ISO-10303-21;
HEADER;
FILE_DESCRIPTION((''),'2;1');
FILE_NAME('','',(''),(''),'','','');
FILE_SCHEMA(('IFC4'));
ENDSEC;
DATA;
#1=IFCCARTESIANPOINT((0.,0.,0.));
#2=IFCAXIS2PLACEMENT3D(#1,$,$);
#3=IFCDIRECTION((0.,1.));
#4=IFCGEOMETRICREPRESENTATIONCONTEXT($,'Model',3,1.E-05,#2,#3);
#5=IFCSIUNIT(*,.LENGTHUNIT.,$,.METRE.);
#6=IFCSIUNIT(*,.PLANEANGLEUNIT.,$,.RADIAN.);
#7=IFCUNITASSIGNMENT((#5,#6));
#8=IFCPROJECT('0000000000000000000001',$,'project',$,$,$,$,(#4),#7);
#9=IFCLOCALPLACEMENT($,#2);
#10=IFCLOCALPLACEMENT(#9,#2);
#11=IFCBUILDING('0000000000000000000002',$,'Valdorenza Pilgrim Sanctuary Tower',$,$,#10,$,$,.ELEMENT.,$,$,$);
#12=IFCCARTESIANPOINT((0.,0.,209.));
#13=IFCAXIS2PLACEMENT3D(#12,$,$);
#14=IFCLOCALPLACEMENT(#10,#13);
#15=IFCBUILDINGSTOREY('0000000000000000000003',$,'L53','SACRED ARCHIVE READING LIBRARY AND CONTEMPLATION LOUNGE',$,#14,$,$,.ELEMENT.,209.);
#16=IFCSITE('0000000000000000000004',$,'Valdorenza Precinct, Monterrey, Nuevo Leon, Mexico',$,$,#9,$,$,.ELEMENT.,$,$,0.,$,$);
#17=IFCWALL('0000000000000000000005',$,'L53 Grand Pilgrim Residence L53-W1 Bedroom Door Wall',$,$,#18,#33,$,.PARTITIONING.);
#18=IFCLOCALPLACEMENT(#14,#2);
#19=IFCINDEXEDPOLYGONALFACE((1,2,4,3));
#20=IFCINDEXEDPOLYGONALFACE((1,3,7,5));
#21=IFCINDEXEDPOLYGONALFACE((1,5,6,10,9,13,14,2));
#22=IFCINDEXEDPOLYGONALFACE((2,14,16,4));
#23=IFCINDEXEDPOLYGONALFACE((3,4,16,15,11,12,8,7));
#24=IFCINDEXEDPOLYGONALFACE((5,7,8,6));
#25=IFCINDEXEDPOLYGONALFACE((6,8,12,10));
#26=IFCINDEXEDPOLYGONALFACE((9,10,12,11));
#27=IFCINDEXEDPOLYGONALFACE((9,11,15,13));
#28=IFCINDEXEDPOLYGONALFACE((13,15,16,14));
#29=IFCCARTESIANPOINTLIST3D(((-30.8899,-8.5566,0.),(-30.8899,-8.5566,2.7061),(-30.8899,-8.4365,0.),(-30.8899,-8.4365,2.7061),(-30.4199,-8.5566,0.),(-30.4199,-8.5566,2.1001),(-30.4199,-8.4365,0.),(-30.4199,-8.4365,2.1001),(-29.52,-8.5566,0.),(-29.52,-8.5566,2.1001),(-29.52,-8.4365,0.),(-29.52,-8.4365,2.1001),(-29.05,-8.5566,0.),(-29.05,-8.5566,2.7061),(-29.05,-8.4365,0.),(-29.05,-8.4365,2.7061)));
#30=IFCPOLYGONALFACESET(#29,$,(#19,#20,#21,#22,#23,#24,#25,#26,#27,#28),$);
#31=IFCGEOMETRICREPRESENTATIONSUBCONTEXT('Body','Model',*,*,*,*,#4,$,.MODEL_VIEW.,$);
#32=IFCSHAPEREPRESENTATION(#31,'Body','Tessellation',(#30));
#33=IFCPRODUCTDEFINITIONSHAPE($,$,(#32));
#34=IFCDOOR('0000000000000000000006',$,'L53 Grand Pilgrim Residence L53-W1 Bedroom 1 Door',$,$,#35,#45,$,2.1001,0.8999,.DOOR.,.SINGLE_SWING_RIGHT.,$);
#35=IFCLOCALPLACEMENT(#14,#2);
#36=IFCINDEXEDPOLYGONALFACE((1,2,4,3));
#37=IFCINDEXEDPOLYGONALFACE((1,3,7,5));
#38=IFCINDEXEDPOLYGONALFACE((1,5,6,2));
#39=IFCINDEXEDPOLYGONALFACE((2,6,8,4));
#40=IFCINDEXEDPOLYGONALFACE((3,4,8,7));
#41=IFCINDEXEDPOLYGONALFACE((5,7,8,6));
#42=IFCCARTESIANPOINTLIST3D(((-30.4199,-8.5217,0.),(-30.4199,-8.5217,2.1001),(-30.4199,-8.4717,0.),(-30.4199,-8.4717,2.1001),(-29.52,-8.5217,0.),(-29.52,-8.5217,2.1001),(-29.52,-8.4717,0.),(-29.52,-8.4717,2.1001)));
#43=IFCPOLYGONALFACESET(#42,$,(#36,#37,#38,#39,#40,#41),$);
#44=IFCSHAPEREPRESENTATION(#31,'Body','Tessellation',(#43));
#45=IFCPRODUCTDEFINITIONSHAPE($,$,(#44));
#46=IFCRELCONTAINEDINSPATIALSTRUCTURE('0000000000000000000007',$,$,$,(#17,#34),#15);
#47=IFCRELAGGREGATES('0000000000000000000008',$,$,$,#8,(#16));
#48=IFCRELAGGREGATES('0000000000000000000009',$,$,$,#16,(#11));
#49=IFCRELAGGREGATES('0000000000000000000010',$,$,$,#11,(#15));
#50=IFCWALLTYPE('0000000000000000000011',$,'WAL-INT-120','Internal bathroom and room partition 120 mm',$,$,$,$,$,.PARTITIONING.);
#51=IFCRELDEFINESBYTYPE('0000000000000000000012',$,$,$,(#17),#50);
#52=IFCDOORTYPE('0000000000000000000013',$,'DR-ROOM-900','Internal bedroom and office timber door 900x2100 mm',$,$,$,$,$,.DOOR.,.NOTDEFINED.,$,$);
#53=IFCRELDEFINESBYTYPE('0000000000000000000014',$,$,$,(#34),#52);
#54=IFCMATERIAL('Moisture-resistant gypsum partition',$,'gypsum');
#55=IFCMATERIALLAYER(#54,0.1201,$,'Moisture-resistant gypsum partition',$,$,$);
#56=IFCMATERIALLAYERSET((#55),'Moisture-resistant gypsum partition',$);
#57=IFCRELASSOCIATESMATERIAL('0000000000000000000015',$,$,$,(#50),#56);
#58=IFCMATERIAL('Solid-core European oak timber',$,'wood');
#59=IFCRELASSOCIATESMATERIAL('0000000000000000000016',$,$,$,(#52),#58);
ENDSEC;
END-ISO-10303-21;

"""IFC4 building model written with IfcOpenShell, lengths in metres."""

from ifc_helpers import new_model, si_unit, direction, frame, frame_2d, origin, place, context, subcontext, project, spatial, rectangle, extrude, material, layer, layer_set, type_object, element, fill, save


model = new_model("IFC4")

# Units and contexts
model_context = context("Model", 3, precision=1e-05, world=origin(), true_north=direction((0.0, 1.0)))
body_context = subcontext(model_context, "Body", "Model", "MODEL_VIEW")
ifc_project = project(units=[si_unit("LENGTHUNIT", "METRE"), si_unit("PLANEANGLEUNIT", "RADIAN")], contexts=[model_context])

# Site, building, storey
site_placement = place(None, origin())
site = spatial("IfcSite", under=ifc_project, at=site_placement, Name="Valdorenza Precinct, Monterrey, Nuevo Leon, Mexico", CompositionType="ELEMENT", RefElevation=0.0)
building_placement = place(site_placement, origin())
building = spatial("IfcBuilding", under=site, at=building_placement, Name="Valdorenza Pilgrim Sanctuary Tower", CompositionType="ELEMENT")
storey_placement = place(building_placement, frame((0.0, 0.0, 209.0)))
storey = spatial("IfcBuildingStorey", under=building, at=storey_placement, Name="L53", Description="SACRED ARCHIVE READING LIBRARY AND CONTEMPLATION LOUNGE", CompositionType="ELEMENT", Elevation=209.0)

# Shared definitions
ifc_material_1 = material(Name="Moisture-resistant gypsum partition", Category="gypsum")
ifc_layer_1 = layer(ifc_material_1, 0.1201, Name="Moisture-resistant gypsum partition")
ifc_layer_set_1 = layer_set([ifc_layer_1], Name="Moisture-resistant gypsum partition")
wall_type_1 = type_object("IfcWallType", Name="WAL-INT-120", Description="Internal bathroom and room partition 120 mm", PredefinedType="PARTITIONING", material=ifc_layer_set_1)

# Wall, opening, door
ifc_material_2 = material(Name="Solid-core European oak timber", Category="wood")
door_type_1 = type_object("IfcDoorType", Name="DR-ROOM-900", Description="Internal bedroom and office timber door 900x2100 mm", OperationType="NOTDEFINED", PredefinedType="DOOR", material=ifc_material_2)
wall_1_placement = place(storey_placement, frame((-30.8899, -8.4966, 0.0), z_axis=(0.0, 0.0, 1.0), x_axis=(1.0, 0.0, 0.0)))
wall_1 = element("IfcWall", 1, at=wall_1_placement, inside=storey, type_object=wall_type_1, Name="L53 Grand Pilgrim Residence L53-W1 Bedroom Door Wall", PredefinedType="PARTITIONING", context=body_context, shape_type="SweptSolid", body=[
    extrude(rectangle(XDim=1.8398, YDim=0.1201, at=frame_2d((0.9199, 0.0))), origin(), (0.0, 0.0, 1.0), 2.7061),
])
opening_1_placement = place(wall_1_placement, frame((0.47, 0.0, 0.0)))
opening_1 = element("IfcOpeningElement", 2, at=opening_1_placement, cuts=wall_1, PredefinedType="OPENING", context=body_context, shape_type="SweptSolid", body=[
    extrude(rectangle(XDim=0.8999, YDim=2.1001, at=frame_2d((0.45, 1.05))), frame((0.0, 0.075, 0.0), z_axis=(0.0, -1.0, 0.0), x_axis=(1.0, 0.0, 0.0)), (0.0, 0.0, 1.0), 0.1499),
])
door_1_placement = place(opening_1_placement, origin())
door_1 = element("IfcDoor", 3, at=door_1_placement, inside=storey, type_object=door_type_1, Name="L53 Grand Pilgrim Residence L53-W1 Bedroom 1 Door", OperationType="SINGLE_SWING_RIGHT", OverallHeight=2.1001, OverallWidth=0.8999, PredefinedType="DOOR", context=body_context, shape_type="SweptSolid", body=[
    extrude(rectangle(XDim=0.8999, YDim=2.1001, at=frame_2d((0.45, 1.05))), frame((0.0, 0.0249, 0.0), z_axis=(0.0, -1.0, 0.0), x_axis=(1.0, 0.0, 0.0)), (0.0, 0.0, 1.0), 0.05),
])
fill(opening_1, door_1)

save(model, "model.ifc")
